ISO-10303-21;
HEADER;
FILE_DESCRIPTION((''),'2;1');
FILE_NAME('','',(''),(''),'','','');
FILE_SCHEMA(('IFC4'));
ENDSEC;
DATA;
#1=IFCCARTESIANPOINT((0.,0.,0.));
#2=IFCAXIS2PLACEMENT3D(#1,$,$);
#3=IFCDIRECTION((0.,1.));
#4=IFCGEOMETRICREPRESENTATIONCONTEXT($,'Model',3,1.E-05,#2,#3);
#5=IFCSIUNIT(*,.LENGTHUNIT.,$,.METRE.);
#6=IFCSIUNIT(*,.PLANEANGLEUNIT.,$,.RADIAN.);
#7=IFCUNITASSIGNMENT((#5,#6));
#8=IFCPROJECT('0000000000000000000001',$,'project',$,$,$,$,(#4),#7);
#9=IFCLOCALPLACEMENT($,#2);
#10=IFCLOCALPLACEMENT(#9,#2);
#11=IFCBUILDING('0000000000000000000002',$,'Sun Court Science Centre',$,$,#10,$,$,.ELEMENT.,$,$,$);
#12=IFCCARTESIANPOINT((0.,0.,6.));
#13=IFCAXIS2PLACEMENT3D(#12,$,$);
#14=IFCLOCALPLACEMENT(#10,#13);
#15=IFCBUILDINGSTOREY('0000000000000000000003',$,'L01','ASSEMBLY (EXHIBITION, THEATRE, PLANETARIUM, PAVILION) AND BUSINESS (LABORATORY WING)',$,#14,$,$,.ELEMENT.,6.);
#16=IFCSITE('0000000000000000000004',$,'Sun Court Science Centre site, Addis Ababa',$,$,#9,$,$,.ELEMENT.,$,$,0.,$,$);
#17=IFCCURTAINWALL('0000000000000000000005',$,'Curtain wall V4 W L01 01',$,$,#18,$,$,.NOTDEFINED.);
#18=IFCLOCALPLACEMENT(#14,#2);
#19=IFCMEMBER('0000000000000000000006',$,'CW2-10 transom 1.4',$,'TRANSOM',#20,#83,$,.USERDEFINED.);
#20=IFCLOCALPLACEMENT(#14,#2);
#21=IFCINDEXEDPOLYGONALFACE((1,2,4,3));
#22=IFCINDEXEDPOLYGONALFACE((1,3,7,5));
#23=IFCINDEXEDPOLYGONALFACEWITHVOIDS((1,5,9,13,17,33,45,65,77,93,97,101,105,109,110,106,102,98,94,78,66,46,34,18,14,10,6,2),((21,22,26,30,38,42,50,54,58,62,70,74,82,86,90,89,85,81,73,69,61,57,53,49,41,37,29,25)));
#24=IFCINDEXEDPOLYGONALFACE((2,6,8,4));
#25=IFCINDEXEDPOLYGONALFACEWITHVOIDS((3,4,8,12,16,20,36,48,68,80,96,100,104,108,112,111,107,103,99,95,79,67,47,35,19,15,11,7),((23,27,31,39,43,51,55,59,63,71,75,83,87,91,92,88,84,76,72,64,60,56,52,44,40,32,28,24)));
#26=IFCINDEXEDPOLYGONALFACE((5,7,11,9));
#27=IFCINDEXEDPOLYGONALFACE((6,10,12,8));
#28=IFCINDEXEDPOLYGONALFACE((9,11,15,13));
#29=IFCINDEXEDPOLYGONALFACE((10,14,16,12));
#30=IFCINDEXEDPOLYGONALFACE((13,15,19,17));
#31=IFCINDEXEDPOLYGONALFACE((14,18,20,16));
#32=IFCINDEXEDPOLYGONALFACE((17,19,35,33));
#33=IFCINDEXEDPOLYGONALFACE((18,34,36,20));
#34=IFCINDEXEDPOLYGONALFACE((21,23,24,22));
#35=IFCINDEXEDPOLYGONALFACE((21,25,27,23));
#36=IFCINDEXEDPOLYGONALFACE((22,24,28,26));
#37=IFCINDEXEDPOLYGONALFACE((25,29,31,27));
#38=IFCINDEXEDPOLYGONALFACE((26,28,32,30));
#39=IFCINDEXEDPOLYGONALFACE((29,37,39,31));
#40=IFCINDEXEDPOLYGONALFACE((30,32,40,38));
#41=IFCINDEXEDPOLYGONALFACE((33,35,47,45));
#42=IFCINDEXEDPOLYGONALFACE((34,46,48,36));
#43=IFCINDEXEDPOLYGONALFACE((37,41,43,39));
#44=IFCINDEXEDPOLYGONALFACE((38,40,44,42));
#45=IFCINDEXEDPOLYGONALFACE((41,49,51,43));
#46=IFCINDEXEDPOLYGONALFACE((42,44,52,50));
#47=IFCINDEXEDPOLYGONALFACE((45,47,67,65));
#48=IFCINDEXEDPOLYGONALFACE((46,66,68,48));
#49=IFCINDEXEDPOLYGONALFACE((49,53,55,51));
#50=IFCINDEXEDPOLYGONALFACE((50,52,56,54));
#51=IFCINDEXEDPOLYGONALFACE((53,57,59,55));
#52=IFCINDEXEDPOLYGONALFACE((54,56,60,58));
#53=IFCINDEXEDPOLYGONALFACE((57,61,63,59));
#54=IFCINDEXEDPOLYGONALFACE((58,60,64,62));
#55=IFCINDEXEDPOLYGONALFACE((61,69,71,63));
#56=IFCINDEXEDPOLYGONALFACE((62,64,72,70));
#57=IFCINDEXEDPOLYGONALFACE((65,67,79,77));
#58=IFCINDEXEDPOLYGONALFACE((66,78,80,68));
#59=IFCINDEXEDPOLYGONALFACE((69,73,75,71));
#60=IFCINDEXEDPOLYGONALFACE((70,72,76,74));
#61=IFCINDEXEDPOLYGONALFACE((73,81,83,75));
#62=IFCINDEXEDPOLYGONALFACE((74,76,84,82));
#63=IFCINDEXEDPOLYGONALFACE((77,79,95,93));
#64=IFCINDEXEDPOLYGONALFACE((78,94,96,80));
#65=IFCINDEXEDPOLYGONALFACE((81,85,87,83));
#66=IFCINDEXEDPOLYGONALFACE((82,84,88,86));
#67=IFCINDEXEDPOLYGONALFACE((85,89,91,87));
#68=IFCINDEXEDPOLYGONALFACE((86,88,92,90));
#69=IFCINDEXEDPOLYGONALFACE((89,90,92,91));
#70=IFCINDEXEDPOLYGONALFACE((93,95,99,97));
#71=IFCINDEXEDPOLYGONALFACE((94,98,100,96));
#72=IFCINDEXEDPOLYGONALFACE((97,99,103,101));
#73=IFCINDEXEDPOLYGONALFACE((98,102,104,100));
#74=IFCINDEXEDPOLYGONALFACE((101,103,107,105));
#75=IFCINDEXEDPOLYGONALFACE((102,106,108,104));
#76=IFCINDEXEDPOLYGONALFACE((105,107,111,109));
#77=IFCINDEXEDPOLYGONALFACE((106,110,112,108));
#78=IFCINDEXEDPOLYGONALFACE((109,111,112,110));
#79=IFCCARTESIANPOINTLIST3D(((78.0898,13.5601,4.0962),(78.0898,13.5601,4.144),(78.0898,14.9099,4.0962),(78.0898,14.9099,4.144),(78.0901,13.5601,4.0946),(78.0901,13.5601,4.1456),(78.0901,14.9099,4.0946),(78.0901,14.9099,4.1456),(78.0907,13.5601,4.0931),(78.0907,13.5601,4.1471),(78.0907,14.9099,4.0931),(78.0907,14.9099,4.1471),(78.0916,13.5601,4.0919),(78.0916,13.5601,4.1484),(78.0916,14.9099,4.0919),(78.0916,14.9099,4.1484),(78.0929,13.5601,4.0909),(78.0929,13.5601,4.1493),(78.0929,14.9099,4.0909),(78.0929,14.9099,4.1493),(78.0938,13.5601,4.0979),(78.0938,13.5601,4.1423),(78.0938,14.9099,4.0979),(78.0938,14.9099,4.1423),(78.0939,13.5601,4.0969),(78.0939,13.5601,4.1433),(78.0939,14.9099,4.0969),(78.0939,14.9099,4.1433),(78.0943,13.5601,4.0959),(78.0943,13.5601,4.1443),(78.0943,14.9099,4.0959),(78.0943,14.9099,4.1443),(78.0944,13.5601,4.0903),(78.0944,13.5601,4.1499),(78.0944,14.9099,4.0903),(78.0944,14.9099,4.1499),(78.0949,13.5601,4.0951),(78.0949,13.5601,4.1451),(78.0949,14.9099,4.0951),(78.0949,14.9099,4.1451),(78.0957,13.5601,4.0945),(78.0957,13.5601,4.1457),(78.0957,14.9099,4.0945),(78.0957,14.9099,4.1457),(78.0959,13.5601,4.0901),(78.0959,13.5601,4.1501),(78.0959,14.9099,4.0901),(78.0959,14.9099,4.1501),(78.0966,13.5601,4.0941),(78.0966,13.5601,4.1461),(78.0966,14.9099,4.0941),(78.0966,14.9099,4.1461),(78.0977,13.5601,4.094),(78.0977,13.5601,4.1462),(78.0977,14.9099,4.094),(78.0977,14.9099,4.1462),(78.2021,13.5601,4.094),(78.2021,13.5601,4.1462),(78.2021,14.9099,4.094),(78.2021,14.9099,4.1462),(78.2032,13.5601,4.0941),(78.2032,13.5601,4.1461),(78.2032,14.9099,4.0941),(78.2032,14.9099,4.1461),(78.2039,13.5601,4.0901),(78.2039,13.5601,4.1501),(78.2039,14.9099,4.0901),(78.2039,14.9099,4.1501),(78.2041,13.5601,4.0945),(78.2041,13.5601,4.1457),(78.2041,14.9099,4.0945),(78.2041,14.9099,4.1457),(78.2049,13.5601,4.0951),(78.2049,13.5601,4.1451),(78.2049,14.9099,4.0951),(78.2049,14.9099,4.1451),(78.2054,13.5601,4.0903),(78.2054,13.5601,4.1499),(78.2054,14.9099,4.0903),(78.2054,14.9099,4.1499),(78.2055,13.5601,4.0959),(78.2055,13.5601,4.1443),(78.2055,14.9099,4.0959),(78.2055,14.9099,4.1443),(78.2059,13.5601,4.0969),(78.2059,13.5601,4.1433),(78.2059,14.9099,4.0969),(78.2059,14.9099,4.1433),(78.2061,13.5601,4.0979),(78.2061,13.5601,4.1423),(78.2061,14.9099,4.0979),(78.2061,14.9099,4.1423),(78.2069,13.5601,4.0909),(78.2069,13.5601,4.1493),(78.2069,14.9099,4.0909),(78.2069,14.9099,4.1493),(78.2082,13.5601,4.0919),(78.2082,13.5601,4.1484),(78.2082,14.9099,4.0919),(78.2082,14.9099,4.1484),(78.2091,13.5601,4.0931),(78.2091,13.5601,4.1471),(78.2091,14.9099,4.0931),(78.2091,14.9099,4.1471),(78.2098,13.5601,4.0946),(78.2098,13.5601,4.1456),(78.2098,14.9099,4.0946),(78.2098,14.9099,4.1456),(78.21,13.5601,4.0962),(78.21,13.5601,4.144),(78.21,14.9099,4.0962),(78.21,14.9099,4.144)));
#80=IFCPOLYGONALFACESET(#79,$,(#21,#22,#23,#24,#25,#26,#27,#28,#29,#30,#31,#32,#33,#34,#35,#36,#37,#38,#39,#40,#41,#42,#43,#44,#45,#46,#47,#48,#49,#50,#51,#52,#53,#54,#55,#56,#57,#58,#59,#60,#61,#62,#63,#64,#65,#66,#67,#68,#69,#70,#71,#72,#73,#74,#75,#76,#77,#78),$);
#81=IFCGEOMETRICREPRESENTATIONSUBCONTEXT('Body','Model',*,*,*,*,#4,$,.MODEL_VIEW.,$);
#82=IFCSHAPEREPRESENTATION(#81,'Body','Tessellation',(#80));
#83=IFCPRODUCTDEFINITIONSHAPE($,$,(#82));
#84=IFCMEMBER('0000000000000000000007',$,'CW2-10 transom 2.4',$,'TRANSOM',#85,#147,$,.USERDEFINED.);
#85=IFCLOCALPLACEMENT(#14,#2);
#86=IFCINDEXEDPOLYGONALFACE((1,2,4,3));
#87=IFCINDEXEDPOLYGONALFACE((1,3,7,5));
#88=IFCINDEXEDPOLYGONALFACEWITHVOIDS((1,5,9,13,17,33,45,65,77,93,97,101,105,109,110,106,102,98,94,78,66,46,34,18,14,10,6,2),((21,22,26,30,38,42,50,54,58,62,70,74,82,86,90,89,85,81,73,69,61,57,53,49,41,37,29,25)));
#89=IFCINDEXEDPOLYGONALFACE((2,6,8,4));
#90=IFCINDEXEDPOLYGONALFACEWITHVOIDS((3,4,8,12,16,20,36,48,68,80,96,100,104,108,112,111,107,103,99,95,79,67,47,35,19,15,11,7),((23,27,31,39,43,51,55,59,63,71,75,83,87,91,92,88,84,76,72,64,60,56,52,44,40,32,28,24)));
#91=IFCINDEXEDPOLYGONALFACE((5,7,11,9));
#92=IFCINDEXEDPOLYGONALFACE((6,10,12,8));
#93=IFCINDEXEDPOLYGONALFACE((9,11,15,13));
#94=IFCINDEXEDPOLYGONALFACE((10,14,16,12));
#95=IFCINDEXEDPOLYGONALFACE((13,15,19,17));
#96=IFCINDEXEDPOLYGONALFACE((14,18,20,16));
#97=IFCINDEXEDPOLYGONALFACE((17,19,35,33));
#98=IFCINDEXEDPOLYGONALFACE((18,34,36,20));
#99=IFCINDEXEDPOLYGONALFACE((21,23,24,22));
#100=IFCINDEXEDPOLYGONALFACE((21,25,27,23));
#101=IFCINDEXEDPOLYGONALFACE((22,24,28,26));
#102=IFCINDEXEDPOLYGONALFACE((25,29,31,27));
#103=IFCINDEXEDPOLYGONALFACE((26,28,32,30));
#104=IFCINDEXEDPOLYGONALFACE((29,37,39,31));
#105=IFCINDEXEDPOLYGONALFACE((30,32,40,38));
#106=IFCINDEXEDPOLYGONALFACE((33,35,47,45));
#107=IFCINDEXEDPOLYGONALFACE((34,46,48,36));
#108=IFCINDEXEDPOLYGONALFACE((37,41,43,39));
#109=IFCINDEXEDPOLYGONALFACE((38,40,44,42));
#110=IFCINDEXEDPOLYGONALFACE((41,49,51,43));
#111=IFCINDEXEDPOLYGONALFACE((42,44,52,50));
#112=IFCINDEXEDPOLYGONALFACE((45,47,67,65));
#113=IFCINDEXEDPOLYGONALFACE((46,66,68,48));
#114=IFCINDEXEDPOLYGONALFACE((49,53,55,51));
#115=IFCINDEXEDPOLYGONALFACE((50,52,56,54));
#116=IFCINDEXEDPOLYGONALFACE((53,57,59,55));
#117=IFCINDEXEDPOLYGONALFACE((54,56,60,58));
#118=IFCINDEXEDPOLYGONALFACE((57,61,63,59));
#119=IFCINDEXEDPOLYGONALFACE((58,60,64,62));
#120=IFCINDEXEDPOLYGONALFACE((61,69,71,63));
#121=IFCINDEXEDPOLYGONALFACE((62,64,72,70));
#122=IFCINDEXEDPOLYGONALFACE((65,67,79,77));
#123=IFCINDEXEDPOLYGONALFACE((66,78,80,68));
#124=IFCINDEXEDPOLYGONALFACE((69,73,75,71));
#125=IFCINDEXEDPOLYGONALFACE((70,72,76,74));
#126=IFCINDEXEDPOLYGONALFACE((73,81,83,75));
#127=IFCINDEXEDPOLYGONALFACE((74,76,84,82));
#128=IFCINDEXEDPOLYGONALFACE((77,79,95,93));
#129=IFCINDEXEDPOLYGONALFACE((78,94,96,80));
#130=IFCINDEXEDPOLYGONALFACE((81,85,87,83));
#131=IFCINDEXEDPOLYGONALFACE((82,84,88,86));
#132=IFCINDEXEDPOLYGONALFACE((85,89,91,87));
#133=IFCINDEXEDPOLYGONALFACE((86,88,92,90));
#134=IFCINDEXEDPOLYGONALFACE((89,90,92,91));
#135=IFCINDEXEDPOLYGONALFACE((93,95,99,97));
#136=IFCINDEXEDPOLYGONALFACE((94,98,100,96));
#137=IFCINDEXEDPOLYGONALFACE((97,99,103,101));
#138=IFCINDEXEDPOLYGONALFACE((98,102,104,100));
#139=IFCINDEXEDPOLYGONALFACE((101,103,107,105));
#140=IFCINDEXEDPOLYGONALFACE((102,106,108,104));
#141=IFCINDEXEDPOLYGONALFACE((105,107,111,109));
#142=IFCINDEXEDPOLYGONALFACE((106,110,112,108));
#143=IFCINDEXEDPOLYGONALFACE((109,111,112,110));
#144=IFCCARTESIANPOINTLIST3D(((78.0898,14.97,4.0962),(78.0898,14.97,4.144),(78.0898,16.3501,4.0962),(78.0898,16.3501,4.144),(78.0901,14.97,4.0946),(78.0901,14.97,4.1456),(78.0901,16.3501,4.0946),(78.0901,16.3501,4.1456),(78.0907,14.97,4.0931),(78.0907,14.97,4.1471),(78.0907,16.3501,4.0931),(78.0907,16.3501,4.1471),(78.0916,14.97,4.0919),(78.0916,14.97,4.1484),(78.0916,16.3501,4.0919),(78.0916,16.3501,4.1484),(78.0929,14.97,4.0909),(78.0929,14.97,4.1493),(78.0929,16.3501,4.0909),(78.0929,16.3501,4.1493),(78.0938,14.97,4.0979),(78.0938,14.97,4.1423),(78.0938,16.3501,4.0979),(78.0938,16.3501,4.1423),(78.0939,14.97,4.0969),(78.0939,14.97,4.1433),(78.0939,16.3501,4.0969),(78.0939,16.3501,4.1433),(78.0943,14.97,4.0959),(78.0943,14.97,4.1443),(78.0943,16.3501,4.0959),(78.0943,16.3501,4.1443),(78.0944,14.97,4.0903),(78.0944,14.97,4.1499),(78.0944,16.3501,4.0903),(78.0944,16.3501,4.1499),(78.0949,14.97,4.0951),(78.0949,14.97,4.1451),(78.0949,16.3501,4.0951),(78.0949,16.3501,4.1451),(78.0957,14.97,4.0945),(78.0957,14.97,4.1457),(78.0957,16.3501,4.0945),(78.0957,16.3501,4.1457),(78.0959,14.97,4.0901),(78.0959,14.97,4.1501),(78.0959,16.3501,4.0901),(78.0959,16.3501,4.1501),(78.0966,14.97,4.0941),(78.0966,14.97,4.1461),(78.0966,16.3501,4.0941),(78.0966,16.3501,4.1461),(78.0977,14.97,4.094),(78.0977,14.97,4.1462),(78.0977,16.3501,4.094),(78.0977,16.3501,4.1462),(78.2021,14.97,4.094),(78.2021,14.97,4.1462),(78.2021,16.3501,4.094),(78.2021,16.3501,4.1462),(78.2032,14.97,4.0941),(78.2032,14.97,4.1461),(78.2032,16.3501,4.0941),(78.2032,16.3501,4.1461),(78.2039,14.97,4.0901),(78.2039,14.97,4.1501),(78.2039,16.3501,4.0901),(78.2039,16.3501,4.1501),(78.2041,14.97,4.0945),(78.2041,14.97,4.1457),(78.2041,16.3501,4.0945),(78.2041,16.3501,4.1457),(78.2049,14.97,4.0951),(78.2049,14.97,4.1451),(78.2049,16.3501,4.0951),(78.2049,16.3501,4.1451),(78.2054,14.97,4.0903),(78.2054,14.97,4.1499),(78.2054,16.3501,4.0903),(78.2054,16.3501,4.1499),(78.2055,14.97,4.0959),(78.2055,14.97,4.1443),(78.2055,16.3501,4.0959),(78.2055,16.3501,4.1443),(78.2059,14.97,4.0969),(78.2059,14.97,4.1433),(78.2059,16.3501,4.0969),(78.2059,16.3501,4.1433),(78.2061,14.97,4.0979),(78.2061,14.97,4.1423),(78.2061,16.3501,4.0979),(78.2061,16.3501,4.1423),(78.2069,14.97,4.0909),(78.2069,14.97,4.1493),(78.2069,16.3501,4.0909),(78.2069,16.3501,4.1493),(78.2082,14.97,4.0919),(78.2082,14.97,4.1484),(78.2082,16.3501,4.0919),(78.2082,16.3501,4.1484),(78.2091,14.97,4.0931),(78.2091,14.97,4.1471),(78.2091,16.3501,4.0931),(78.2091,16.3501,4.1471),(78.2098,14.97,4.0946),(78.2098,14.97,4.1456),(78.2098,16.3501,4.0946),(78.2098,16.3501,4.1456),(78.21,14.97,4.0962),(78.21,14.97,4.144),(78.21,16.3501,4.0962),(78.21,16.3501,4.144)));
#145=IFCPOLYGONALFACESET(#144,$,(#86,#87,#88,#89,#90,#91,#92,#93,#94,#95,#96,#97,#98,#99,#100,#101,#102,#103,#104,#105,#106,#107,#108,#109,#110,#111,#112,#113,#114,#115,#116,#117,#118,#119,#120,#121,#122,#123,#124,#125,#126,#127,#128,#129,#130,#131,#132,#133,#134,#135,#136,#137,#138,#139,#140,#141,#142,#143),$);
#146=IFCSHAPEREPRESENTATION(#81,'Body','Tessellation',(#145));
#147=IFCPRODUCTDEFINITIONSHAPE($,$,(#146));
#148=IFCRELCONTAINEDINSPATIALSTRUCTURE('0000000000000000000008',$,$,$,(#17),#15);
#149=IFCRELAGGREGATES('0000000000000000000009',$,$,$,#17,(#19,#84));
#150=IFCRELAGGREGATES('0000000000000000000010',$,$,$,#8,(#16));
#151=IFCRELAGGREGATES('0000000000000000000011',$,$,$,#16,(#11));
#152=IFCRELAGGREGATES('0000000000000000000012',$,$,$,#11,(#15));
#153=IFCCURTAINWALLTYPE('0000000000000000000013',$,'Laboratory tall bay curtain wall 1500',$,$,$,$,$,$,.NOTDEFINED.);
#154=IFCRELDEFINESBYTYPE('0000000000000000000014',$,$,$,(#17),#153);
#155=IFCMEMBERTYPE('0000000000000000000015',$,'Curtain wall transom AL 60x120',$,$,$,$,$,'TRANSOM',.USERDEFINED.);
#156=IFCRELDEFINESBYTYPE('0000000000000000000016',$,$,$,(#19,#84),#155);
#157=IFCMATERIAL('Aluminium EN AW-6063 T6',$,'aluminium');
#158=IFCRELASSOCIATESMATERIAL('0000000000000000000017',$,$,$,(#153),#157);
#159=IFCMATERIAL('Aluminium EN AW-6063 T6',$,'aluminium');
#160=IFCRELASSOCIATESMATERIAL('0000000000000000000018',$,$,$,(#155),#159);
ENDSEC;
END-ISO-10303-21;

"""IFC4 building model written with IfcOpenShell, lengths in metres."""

from ifc_helpers import new_model, si_unit, direction, frame, origin, origin_2d, place, context, subcontext, project, spatial, hollow_rectangle, extrude, material, material_profile, profile_set, type_object, element, aggregate, save


model = new_model("IFC4")

# Units and contexts
model_context = context("Model", 3, precision=1e-05, world=origin(), true_north=direction((0.0, 1.0)))
body_context = subcontext(model_context, "Body", "Model", "MODEL_VIEW")
ifc_project = project(units=[si_unit("LENGTHUNIT", "METRE"), si_unit("PLANEANGLEUNIT", "RADIAN")], contexts=[model_context])

# Site, building, storey
site_placement = place(None, origin())
site = spatial("IfcSite", under=ifc_project, at=site_placement, Name="Sun Court Science Centre site, Addis Ababa", CompositionType="ELEMENT", RefElevation=0.0)
building_placement = place(site_placement, origin())
building = spatial("IfcBuilding", under=site, at=building_placement, Name="Sun Court Science Centre", CompositionType="ELEMENT")
storey_placement = place(building_placement, frame((0.0, 0.0, 6.0)))
storey = spatial("IfcBuildingStorey", under=building, at=storey_placement, Name="L01", Description="ASSEMBLY (EXHIBITION, THEATRE, PLANETARIUM, PAVILION) AND BUSINESS (LABORATORY WING)", CompositionType="ELEMENT", Elevation=6.0)

# Curtain wall, members
ifc_material_1 = material(Name="Aluminium EN AW-6063 T6", Category="aluminium")
curtain_wall_type = type_object("IfcCurtainWallType", Name="Laboratory tall bay curtain wall 1500", PredefinedType="NOTDEFINED", material=ifc_material_1)
curtain_wall_placement = place(storey_placement, origin())
curtain_wall = element("IfcCurtainWall", 1, at=curtain_wall_placement, inside=storey, type_object=curtain_wall_type, Name="Curtain wall V4 W L01 01", PredefinedType="NOTDEFINED")
ifc_material_2 = material(Name="Aluminium EN AW-6063 T6", Category="aluminium")
ifc_material_profile_1 = material_profile(ifc_material_2, hollow_rectangle(XDim=0.0601, YDim=0.1201, WallThickness=0.0039, InnerFilletRadius=0.0039, OuterFilletRadius=0.0061, at=origin_2d()), Name="AL 60x120x4")
ifc_profile_set_1 = profile_set([ifc_material_profile_1], Name="Aluminium EN AW-6063 T6")
member_type_1 = type_object("IfcMemberType", Name="Curtain wall transom AL 60x120", ElementType="TRANSOM", PredefinedType="USERDEFINED", material=ifc_profile_set_1)
member_1_placement = place(storey_placement, frame((78.1499, 13.5601, 4.1201), z_axis=(0.0, 1.0, 0.0), x_axis=(0.0, 0.0, 1.0)))
member_1 = element("IfcMember", 2, at=member_1_placement, type_object=member_type_1, Name="CW2-10 transom 1.4", ObjectType="TRANSOM", PredefinedType="USERDEFINED", context=body_context, shape_type="SweptSolid", body=[
    extrude(hollow_rectangle(XDim=0.0601, YDim=0.1201, WallThickness=0.0039, InnerFilletRadius=0.0039, OuterFilletRadius=0.0061, at=origin_2d()), origin(), (0.0, 0.0, 1.0), 1.3499),
])
member_2_placement = place(storey_placement, frame((78.1499, 14.97, 4.1201), z_axis=(0.0, 1.0, 0.0), x_axis=(0.0, 0.0, 1.0)))
member_2 = element("IfcMember", 3, at=member_2_placement, type_object=member_type_1, Name="CW2-10 transom 2.4", ObjectType="TRANSOM", PredefinedType="USERDEFINED", context=body_context, shape_type="SweptSolid", body=[
    extrude(hollow_rectangle(XDim=0.0601, YDim=0.1201, WallThickness=0.0039, InnerFilletRadius=0.0039, OuterFilletRadius=0.0061, at=origin_2d()), origin(), (0.0, 0.0, 1.0), 1.3801),
])

aggregate(curtain_wall, [member_1, member_2])

save(model, "model.ifc")
